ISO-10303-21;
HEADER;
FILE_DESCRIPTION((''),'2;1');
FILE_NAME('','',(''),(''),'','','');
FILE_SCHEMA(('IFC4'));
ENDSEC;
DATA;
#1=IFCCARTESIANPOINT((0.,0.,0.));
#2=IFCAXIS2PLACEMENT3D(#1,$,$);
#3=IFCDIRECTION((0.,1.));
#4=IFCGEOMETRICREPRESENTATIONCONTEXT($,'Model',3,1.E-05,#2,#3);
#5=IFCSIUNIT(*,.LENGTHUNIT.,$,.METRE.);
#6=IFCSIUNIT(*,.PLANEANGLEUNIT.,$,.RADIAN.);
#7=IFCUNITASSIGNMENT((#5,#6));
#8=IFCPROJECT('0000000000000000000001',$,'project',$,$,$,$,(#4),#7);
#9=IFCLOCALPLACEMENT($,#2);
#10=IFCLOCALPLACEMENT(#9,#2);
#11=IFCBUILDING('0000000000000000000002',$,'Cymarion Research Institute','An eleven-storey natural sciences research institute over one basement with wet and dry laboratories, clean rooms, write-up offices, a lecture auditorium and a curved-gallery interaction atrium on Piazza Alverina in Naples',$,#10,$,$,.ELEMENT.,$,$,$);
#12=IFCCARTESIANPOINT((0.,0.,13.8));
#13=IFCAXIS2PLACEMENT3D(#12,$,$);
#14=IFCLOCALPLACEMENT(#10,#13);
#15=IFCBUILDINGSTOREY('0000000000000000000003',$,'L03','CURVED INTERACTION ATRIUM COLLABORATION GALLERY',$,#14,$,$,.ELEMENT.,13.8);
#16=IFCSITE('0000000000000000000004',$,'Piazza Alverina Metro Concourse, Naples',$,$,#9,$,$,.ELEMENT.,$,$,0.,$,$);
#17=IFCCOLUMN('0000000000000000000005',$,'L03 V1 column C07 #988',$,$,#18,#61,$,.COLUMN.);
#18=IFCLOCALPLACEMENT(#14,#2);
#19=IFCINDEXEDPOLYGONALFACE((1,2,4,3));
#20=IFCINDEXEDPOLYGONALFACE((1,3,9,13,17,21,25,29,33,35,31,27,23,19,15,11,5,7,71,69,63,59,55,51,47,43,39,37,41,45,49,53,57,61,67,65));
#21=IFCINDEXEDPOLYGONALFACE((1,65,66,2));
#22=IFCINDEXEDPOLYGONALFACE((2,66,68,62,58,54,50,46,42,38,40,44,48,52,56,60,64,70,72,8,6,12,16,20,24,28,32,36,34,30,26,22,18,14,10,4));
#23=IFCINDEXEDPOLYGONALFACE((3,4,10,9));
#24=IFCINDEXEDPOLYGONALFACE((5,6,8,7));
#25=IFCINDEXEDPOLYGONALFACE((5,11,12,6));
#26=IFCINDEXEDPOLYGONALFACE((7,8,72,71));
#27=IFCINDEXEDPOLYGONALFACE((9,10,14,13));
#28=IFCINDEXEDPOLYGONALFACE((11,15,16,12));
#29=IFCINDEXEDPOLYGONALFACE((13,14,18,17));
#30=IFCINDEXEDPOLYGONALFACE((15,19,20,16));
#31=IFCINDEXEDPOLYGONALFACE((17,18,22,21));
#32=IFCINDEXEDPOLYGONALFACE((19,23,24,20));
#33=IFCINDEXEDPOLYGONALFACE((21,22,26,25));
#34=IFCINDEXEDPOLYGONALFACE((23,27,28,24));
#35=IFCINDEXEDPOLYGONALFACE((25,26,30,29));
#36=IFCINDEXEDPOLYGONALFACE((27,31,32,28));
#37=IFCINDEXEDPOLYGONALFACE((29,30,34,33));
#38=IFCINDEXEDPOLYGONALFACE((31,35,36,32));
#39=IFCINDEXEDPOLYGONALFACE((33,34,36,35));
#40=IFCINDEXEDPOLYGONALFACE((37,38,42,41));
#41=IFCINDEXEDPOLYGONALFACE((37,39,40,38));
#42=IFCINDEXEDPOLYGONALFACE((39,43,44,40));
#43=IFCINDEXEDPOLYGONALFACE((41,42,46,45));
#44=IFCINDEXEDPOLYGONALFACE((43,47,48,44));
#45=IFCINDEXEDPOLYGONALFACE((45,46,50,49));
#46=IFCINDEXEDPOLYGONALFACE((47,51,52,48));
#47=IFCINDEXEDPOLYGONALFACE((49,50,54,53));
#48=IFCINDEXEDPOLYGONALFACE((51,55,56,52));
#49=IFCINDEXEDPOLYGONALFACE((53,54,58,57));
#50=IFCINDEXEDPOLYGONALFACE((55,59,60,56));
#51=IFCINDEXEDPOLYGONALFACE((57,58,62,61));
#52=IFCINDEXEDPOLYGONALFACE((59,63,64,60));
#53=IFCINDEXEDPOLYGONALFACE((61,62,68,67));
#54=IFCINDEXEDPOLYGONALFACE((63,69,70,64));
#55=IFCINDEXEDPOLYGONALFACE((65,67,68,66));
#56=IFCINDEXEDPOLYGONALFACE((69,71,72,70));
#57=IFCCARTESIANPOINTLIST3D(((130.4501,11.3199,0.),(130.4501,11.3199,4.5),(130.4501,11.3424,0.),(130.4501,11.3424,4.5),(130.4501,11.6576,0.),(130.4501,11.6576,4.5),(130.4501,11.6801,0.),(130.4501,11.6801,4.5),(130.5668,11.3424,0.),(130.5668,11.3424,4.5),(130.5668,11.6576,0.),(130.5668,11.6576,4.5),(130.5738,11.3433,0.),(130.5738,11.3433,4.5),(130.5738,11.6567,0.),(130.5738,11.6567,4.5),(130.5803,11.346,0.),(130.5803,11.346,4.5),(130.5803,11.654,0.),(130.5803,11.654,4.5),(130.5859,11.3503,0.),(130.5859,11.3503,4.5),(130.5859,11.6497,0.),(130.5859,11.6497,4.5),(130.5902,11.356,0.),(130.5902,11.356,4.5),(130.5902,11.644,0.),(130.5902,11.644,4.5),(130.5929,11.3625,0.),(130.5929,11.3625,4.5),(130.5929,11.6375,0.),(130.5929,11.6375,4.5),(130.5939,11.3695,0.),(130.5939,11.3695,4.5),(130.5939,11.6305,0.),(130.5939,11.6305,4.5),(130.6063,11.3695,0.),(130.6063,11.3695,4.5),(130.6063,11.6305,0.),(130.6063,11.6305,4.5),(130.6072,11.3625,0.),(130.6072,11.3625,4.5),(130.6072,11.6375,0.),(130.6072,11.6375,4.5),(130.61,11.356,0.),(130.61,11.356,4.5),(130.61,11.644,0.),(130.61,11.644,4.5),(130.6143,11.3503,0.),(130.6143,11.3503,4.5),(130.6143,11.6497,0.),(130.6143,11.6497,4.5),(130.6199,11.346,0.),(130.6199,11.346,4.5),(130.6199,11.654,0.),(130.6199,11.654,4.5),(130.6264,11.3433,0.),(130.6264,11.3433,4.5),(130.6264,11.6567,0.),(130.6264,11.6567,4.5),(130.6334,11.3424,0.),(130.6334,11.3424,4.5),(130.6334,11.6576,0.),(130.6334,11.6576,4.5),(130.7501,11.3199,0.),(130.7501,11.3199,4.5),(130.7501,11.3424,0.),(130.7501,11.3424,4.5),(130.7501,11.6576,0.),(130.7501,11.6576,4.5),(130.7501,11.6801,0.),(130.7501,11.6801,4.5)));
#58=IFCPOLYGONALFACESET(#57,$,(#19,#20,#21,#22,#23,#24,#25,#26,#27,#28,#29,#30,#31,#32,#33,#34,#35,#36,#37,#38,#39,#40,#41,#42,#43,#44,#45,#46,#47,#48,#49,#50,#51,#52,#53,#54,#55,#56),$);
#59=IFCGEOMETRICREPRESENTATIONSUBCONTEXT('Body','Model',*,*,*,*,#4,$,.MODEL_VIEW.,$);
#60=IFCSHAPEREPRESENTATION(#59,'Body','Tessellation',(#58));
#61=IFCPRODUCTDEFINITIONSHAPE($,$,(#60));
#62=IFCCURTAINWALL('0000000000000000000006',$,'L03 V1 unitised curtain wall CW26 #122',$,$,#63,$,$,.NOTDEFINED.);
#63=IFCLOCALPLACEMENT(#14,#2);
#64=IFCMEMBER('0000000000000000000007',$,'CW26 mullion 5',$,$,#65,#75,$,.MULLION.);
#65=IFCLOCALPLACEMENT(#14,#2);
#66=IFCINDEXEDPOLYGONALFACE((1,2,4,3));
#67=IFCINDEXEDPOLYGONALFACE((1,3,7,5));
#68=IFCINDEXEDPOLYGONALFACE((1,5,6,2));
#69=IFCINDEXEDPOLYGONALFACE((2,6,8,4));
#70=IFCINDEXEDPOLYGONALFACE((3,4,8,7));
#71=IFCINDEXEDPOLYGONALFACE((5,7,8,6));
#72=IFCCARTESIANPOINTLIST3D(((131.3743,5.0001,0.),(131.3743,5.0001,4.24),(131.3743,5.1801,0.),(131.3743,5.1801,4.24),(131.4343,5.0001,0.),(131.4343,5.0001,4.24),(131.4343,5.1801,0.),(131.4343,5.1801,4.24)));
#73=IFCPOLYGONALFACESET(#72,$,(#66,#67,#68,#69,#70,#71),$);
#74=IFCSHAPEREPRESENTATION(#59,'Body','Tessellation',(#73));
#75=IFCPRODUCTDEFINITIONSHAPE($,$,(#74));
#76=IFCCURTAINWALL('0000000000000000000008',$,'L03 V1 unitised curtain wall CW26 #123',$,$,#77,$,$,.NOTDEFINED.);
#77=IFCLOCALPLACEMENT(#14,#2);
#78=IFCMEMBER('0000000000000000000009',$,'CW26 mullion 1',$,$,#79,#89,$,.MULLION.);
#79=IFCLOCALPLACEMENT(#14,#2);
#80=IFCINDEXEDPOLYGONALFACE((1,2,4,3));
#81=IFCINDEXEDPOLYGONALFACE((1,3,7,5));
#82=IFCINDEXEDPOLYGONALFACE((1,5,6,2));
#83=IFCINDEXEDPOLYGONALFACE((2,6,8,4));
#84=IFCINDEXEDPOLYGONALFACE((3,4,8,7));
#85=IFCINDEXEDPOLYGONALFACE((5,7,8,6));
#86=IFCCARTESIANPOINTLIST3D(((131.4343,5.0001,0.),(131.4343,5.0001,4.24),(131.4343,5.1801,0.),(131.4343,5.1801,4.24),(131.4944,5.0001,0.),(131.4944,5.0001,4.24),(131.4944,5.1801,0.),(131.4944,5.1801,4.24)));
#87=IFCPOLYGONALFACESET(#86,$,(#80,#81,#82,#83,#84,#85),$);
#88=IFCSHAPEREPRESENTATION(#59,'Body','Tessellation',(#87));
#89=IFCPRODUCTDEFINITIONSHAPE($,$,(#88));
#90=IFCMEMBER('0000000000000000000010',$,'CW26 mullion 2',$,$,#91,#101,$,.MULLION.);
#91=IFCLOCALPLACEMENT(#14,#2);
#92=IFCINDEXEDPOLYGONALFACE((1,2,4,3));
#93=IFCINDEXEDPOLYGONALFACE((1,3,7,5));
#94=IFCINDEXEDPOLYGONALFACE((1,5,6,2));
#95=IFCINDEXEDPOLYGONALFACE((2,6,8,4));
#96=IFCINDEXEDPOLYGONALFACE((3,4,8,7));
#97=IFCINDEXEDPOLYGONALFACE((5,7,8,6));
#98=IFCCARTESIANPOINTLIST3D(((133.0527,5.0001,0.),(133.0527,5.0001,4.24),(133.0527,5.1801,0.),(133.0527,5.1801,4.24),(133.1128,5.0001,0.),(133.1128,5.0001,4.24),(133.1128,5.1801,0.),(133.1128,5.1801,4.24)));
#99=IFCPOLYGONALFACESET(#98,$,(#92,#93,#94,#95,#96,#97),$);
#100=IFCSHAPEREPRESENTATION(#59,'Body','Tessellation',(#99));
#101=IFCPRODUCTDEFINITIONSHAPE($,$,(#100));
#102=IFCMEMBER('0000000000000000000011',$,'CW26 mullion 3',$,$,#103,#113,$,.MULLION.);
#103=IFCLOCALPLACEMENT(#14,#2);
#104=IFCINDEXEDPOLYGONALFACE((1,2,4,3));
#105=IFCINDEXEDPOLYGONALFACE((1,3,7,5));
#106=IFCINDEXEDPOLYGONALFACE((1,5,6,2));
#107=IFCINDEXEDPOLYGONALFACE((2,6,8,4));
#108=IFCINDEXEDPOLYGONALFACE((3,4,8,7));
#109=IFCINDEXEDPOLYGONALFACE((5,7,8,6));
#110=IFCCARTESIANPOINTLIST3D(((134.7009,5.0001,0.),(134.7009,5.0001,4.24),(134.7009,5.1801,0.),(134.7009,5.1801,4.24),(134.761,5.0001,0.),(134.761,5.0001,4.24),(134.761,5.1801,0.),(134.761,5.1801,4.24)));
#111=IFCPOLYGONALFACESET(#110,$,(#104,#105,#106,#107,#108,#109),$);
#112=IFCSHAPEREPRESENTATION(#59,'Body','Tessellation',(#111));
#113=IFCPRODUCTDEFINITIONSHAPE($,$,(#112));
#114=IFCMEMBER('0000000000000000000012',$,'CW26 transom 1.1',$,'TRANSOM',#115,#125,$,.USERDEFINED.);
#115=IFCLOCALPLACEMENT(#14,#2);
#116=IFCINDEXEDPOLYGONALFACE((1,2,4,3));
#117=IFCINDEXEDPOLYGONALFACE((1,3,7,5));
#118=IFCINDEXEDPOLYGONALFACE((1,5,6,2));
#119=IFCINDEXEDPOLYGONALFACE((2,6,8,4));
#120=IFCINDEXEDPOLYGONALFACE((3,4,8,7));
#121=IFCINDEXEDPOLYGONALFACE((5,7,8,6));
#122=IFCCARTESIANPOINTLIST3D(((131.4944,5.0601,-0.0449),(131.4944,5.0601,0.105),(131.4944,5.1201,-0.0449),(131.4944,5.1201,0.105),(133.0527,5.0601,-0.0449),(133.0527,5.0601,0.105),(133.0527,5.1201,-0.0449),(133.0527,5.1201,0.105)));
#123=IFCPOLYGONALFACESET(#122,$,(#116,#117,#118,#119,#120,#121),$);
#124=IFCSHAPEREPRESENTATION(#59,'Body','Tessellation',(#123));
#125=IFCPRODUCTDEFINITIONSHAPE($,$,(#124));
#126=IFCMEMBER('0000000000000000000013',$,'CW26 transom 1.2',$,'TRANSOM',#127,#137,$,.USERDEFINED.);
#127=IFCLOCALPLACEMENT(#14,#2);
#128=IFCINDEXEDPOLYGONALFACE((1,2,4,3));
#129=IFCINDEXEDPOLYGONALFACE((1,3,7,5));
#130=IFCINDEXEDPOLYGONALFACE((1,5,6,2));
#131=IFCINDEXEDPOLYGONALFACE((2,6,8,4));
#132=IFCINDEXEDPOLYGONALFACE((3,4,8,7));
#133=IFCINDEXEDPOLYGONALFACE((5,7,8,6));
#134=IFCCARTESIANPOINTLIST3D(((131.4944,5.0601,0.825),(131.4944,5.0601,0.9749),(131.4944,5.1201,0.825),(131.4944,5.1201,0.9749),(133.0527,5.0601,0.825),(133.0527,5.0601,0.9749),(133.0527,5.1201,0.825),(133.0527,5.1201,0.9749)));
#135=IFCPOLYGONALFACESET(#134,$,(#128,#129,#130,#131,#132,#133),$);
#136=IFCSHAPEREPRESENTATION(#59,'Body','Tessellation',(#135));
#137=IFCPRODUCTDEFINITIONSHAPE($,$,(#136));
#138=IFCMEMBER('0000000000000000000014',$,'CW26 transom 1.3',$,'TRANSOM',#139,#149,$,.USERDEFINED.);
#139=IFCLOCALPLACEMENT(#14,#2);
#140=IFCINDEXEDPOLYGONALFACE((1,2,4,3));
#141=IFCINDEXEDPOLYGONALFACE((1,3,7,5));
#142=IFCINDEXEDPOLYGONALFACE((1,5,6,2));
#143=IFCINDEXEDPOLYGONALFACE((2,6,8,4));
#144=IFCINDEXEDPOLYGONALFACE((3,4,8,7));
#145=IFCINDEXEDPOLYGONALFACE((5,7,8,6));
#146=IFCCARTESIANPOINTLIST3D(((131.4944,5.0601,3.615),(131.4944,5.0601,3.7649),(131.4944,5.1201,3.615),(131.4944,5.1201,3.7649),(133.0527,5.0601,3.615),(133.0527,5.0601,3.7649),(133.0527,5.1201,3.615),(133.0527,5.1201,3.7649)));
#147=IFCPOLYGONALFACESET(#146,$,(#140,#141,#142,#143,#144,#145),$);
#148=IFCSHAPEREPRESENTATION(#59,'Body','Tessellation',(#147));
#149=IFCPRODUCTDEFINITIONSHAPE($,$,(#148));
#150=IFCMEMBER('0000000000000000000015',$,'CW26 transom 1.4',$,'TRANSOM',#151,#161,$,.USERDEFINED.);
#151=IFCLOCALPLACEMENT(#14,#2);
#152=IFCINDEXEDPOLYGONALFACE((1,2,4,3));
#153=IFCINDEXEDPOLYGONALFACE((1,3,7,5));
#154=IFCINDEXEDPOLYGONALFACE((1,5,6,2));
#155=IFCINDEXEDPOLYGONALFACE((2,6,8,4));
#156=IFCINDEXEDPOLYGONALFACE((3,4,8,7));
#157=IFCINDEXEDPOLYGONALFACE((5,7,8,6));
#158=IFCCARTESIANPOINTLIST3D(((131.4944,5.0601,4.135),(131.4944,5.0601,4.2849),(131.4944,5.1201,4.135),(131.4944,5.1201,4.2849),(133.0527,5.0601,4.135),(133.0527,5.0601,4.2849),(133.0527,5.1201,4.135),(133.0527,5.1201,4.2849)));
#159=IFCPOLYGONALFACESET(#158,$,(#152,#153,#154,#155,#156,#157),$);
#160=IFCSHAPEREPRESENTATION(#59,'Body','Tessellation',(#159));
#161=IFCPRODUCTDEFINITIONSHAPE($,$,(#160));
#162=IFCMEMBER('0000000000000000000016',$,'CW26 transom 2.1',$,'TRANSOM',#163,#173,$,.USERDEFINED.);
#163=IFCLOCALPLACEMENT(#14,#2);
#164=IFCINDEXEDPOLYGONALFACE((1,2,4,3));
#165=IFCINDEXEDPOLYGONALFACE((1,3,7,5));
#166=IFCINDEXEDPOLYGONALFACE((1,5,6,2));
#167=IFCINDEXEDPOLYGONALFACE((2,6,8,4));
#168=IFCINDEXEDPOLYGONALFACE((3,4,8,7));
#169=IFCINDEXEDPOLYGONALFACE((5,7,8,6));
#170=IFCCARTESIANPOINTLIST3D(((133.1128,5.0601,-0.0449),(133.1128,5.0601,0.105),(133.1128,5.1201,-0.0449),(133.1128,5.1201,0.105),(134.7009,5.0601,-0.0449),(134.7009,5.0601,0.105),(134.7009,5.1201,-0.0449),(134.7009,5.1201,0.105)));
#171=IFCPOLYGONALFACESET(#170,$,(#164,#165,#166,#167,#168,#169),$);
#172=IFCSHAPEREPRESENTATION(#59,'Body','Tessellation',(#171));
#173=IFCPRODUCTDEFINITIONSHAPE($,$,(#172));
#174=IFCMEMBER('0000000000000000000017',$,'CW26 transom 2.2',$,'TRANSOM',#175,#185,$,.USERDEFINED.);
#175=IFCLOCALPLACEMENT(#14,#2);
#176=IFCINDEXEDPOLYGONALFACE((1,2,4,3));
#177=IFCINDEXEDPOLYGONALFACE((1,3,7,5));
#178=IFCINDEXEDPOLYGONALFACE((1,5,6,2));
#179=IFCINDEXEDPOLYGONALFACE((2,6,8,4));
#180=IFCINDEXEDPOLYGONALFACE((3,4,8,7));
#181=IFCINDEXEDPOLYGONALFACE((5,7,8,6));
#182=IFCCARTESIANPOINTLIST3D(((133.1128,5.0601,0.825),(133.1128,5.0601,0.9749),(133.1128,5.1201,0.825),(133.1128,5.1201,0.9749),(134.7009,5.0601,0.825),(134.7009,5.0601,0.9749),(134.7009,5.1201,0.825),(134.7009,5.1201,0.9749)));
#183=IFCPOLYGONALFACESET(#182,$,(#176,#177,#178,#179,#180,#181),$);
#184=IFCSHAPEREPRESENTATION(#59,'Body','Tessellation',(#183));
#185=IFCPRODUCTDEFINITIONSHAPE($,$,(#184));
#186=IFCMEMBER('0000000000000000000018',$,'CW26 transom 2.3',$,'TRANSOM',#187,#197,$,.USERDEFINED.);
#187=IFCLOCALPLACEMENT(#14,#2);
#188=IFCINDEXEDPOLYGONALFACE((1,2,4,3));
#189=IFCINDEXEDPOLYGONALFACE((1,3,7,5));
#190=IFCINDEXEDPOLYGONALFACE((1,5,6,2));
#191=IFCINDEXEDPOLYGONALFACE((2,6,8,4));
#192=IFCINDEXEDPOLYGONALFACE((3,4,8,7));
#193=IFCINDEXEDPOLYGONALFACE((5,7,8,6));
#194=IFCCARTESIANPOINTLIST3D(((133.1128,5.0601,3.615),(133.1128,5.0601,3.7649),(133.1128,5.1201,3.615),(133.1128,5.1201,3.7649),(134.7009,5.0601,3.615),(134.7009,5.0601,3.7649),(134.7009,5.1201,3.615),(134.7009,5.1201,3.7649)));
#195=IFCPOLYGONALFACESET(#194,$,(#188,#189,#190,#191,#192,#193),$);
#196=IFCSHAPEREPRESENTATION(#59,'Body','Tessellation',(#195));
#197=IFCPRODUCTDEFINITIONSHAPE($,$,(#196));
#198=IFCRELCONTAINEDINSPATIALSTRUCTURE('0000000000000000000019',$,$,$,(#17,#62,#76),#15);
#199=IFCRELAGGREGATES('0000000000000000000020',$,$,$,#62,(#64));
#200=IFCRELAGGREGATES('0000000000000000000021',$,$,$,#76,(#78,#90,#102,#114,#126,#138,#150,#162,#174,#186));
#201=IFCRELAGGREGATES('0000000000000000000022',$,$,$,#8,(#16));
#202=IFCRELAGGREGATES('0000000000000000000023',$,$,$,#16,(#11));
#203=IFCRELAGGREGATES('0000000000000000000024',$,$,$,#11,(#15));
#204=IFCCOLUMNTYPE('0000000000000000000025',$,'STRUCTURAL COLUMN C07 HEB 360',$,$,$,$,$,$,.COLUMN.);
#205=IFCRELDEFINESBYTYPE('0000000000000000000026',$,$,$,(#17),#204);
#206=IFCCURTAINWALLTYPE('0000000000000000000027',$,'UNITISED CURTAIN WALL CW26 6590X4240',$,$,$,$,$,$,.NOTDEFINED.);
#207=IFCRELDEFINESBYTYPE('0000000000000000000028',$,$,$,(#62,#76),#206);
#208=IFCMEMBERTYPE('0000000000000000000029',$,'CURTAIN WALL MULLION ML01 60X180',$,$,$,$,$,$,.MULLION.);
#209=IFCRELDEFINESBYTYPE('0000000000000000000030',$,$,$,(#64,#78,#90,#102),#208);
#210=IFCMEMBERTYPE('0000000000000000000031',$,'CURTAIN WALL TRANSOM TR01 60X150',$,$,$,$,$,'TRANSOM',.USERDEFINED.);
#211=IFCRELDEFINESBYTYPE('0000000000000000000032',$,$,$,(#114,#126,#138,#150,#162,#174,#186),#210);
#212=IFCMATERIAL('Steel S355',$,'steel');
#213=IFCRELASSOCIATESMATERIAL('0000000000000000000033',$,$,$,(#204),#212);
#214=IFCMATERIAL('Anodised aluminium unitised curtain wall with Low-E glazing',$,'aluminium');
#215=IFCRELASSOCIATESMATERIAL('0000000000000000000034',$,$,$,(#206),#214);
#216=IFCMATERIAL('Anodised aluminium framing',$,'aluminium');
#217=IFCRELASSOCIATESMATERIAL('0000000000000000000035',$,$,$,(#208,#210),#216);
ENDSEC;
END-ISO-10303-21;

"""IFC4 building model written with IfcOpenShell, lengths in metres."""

from ifc_helpers import new_model, si_unit, direction, frame, origin, origin_2d, place, context, subcontext, project, spatial, rectangle, i_section, extrude, material, material_profile, profile_set, type_object, element, aggregate, save


model = new_model("IFC4")

# Units and contexts
model_context = context("Model", 3, precision=1e-05, world=origin(), true_north=direction((0.0, 1.0)))
body_context = subcontext(model_context, "Body", "Model", "MODEL_VIEW")
ifc_project = project(units=[si_unit("LENGTHUNIT", "METRE"), si_unit("PLANEANGLEUNIT", "RADIAN")], contexts=[model_context])

# Site, building, storey
site_placement = place(None, origin())
site = spatial("IfcSite", under=ifc_project, at=site_placement, Name="Piazza Alverina Metro Concourse, Naples", CompositionType="ELEMENT", RefElevation=0.0)
building_placement = place(site_placement, origin())
building = spatial("IfcBuilding", under=site, at=building_placement, Name="Cymarion Research Institute", Description="An eleven-storey natural sciences research institute over one basement with wet and dry laboratories, clean rooms, write-up offices, a lecture auditorium and a curved-gallery interaction atrium on Piazza Alverina in Naples", CompositionType="ELEMENT")
storey_placement = place(building_placement, frame((0.0, 0.0, 13.8)))
storey = spatial("IfcBuildingStorey", under=building, at=storey_placement, Name="L03", Description="CURVED INTERACTION ATRIUM COLLABORATION GALLERY", CompositionType="ELEMENT", Elevation=13.8)

# Column
ifc_material_1 = material(Name="Steel S355", Category="steel")
ifc_material_profile_1 = material_profile(ifc_material_1, i_section(OverallWidth=0.3, OverallDepth=0.3601, WebThickness=0.0125, FlangeThickness=0.0225, FilletRadius=0.0271, at=origin_2d()), Name="HEB 360")
ifc_profile_set_1 = profile_set([ifc_material_profile_1], Name="Steel S355")
column_type = type_object("IfcColumnType", Name="STRUCTURAL COLUMN C07 HEB 360", PredefinedType="COLUMN", material=ifc_profile_set_1)
column_placement = place(storey_placement, frame((130.6001, 11.5, 0.0), z_axis=(0.0, 0.0, 1.0), x_axis=(1.0, 0.0, 0.0)))
element("IfcColumn", 1, at=column_placement, inside=storey, type_object=column_type, Name="L03 V1 column C07 #988", PredefinedType="COLUMN", context=body_context, shape_type="SweptSolid", body=[
    extrude(i_section(OverallWidth=0.3, OverallDepth=0.3601, WebThickness=0.0125, FlangeThickness=0.0225, FilletRadius=0.0271, at=origin_2d()), origin(), (0.0, 0.0, 1.0), 4.5),
])

# Curtain wall, member
ifc_material_2 = material(Name="Anodised aluminium unitised curtain wall with Low-E glazing", Category="aluminium")
curtain_wall_type = type_object("IfcCurtainWallType", Name="UNITISED CURTAIN WALL CW26 6590X4240", PredefinedType="NOTDEFINED", material=ifc_material_2)
curtain_wall_1_placement = place(storey_placement, origin())
curtain_wall_1 = element("IfcCurtainWall", 2, at=curtain_wall_1_placement, inside=storey, type_object=curtain_wall_type, Name="L03 V1 unitised curtain wall CW26 #122", PredefinedType="NOTDEFINED")
ifc_material_3 = material(Name="Anodised aluminium framing", Category="aluminium")
ifc_material_profile_2 = material_profile(ifc_material_3, rectangle(XDim=0.0601, YDim=0.1799, at=origin_2d()), Name="ALU MULLION 60x180")
ifc_profile_set_2 = profile_set([ifc_material_profile_2], Name="Anodised aluminium framing")
member_type_1 = type_object("IfcMemberType", Name="CURTAIN WALL MULLION ML01 60X180", PredefinedType="MULLION", material=ifc_profile_set_2)
member_1_placement = place(storey_placement, frame((131.4043, 5.0901, 0.0), z_axis=(0.0, 0.0, 1.0), x_axis=(1.0, 0.0, 0.0)))
member_1 = element("IfcMember", 3, at=member_1_placement, type_object=member_type_1, Name="CW26 mullion 5", PredefinedType="MULLION", context=body_context, shape_type="SweptSolid", body=[
    extrude(rectangle(XDim=0.0601, YDim=0.1799, at=origin_2d()), origin(), (0.0, 0.0, 1.0), 4.24),
])
aggregate(curtain_wall_1, [member_1])

# Curtain wall, members
curtain_wall_2_placement = place(storey_placement, origin())
curtain_wall_2 = element("IfcCurtainWall", 4, at=curtain_wall_2_placement, inside=storey, type_object=curtain_wall_type, Name="L03 V1 unitised curtain wall CW26 #123", PredefinedType="NOTDEFINED")
member_2_placement = place(storey_placement, frame((131.4644, 5.0901, 0.0), z_axis=(0.0, 0.0, 1.0), x_axis=(1.0, 0.0, 0.0)))
member_2 = element("IfcMember", 5, at=member_2_placement, type_object=member_type_1, Name="CW26 mullion 1", PredefinedType="MULLION", context=body_context, shape_type="SweptSolid", body=[
    extrude(rectangle(XDim=0.0601, YDim=0.1799, at=origin_2d()), origin(), (0.0, 0.0, 1.0), 4.24),
])
member_3_placement = place(storey_placement, frame((133.0828, 5.0901, 0.0), z_axis=(0.0, 0.0, 1.0), x_axis=(1.0, 0.0, 0.0)))
member_3 = element("IfcMember", 6, at=member_3_placement, type_object=member_type_1, Name="CW26 mullion 2", PredefinedType="MULLION", context=body_context, shape_type="SweptSolid", body=[
    extrude(rectangle(XDim=0.0601, YDim=0.1799, at=origin_2d()), origin(), (0.0, 0.0, 1.0), 4.24),
])
member_4_placement = place(storey_placement, frame((134.731, 5.0901, 0.0), z_axis=(0.0, 0.0, 1.0), x_axis=(1.0, 0.0, 0.0)))
member_4 = element("IfcMember", 7, at=member_4_placement, type_object=member_type_1, Name="CW26 mullion 3", PredefinedType="MULLION", context=body_context, shape_type="SweptSolid", body=[
    extrude(rectangle(XDim=0.0601, YDim=0.1799, at=origin_2d()), origin(), (0.0, 0.0, 1.0), 4.24),
])
ifc_material_profile_3 = material_profile(ifc_material_3, rectangle(XDim=0.0601, YDim=0.1499, at=origin_2d()), Name="ALU TRANSOM 60x150")
ifc_profile_set_3 = profile_set([ifc_material_profile_3], Name="Anodised aluminium framing")
member_type_2 = type_object("IfcMemberType", Name="CURTAIN WALL TRANSOM TR01 60X150", ElementType="TRANSOM", PredefinedType="USERDEFINED", material=ifc_profile_set_3)
member_5_placement = place(storey_placement, frame((131.4944, 5.0901, 0.03), z_axis=(1.0, 0.0, 0.0), x_axis=(0.0, 1.0, 0.0)))
member_5 = element("IfcMember", 8, at=member_5_placement, type_object=member_type_2, Name="CW26 transom 1.1", ObjectType="TRANSOM", PredefinedType="USERDEFINED", context=body_context, shape_type="SweptSolid", body=[
    extrude(rectangle(XDim=0.0601, YDim=0.1499, at=origin_2d()), origin(), (0.0, 0.0, 1.0), 1.5583),
])
member_6_placement = place(storey_placement, frame((131.4944, 5.0901, 0.8999), z_axis=(1.0, 0.0, 0.0), x_axis=(0.0, 1.0, 0.0)))
member_6 = element("IfcMember", 9, at=member_6_placement, type_object=member_type_2, Name="CW26 transom 1.2", ObjectType="TRANSOM", PredefinedType="USERDEFINED", context=body_context, shape_type="SweptSolid", body=[
    extrude(rectangle(XDim=0.0601, YDim=0.1499, at=origin_2d()), origin(), (0.0, 0.0, 1.0), 1.5583),
])
member_7_placement = place(storey_placement, frame((131.4944, 5.0901, 3.6899), z_axis=(1.0, 0.0, 0.0), x_axis=(0.0, 1.0, 0.0)))
member_7 = element("IfcMember", 10, at=member_7_placement, type_object=member_type_2, Name="CW26 transom 1.3", ObjectType="TRANSOM", PredefinedType="USERDEFINED", context=body_context, shape_type="SweptSolid", body=[
    extrude(rectangle(XDim=0.0601, YDim=0.1499, at=origin_2d()), origin(), (0.0, 0.0, 1.0), 1.5583),
])
member_8_placement = place(storey_placement, frame((131.4944, 5.0901, 4.21), z_axis=(1.0, 0.0, 0.0), x_axis=(0.0, 1.0, 0.0)))
member_8 = element("IfcMember", 11, at=member_8_placement, type_object=member_type_2, Name="CW26 transom 1.4", ObjectType="TRANSOM", PredefinedType="USERDEFINED", context=body_context, shape_type="SweptSolid", body=[
    extrude(rectangle(XDim=0.0601, YDim=0.1499, at=origin_2d()), origin(), (0.0, 0.0, 1.0), 1.5583),
])
member_9_placement = place(storey_placement, frame((133.1128, 5.0901, 0.03), z_axis=(1.0, 0.0, 0.0), x_axis=(0.0, 1.0, 0.0)))
member_9 = element("IfcMember", 12, at=member_9_placement, type_object=member_type_2, Name="CW26 transom 2.1", ObjectType="TRANSOM", PredefinedType="USERDEFINED", context=body_context, shape_type="SweptSolid", body=[
    extrude(rectangle(XDim=0.0601, YDim=0.1499, at=origin_2d()), origin(), (0.0, 0.0, 1.0), 1.5881),
])
member_10_placement = place(storey_placement, frame((133.1128, 5.0901, 0.8999), z_axis=(1.0, 0.0, 0.0), x_axis=(0.0, 1.0, 0.0)))
member_10 = element("IfcMember", 13, at=member_10_placement, type_object=member_type_2, Name="CW26 transom 2.2", ObjectType="TRANSOM", PredefinedType="USERDEFINED", context=body_context, shape_type="SweptSolid", body=[
    extrude(rectangle(XDim=0.0601, YDim=0.1499, at=origin_2d()), origin(), (0.0, 0.0, 1.0), 1.5881),
])
member_11_placement = place(storey_placement, frame((133.1128, 5.0901, 3.6899), z_axis=(1.0, 0.0, 0.0), x_axis=(0.0, 1.0, 0.0)))
member_11 = element("IfcMember", 14, at=member_11_placement, type_object=member_type_2, Name="CW26 transom 2.3", ObjectType="TRANSOM", PredefinedType="USERDEFINED", context=body_context, shape_type="SweptSolid", body=[
    extrude(rectangle(XDim=0.0601, YDim=0.1499, at=origin_2d()), origin(), (0.0, 0.0, 1.0), 1.5881),
])

aggregate(curtain_wall_2, [member_2, member_3, member_4, member_5, member_6, member_7, member_8, member_9, member_10, member_11])

save(model, "model.ifc")
